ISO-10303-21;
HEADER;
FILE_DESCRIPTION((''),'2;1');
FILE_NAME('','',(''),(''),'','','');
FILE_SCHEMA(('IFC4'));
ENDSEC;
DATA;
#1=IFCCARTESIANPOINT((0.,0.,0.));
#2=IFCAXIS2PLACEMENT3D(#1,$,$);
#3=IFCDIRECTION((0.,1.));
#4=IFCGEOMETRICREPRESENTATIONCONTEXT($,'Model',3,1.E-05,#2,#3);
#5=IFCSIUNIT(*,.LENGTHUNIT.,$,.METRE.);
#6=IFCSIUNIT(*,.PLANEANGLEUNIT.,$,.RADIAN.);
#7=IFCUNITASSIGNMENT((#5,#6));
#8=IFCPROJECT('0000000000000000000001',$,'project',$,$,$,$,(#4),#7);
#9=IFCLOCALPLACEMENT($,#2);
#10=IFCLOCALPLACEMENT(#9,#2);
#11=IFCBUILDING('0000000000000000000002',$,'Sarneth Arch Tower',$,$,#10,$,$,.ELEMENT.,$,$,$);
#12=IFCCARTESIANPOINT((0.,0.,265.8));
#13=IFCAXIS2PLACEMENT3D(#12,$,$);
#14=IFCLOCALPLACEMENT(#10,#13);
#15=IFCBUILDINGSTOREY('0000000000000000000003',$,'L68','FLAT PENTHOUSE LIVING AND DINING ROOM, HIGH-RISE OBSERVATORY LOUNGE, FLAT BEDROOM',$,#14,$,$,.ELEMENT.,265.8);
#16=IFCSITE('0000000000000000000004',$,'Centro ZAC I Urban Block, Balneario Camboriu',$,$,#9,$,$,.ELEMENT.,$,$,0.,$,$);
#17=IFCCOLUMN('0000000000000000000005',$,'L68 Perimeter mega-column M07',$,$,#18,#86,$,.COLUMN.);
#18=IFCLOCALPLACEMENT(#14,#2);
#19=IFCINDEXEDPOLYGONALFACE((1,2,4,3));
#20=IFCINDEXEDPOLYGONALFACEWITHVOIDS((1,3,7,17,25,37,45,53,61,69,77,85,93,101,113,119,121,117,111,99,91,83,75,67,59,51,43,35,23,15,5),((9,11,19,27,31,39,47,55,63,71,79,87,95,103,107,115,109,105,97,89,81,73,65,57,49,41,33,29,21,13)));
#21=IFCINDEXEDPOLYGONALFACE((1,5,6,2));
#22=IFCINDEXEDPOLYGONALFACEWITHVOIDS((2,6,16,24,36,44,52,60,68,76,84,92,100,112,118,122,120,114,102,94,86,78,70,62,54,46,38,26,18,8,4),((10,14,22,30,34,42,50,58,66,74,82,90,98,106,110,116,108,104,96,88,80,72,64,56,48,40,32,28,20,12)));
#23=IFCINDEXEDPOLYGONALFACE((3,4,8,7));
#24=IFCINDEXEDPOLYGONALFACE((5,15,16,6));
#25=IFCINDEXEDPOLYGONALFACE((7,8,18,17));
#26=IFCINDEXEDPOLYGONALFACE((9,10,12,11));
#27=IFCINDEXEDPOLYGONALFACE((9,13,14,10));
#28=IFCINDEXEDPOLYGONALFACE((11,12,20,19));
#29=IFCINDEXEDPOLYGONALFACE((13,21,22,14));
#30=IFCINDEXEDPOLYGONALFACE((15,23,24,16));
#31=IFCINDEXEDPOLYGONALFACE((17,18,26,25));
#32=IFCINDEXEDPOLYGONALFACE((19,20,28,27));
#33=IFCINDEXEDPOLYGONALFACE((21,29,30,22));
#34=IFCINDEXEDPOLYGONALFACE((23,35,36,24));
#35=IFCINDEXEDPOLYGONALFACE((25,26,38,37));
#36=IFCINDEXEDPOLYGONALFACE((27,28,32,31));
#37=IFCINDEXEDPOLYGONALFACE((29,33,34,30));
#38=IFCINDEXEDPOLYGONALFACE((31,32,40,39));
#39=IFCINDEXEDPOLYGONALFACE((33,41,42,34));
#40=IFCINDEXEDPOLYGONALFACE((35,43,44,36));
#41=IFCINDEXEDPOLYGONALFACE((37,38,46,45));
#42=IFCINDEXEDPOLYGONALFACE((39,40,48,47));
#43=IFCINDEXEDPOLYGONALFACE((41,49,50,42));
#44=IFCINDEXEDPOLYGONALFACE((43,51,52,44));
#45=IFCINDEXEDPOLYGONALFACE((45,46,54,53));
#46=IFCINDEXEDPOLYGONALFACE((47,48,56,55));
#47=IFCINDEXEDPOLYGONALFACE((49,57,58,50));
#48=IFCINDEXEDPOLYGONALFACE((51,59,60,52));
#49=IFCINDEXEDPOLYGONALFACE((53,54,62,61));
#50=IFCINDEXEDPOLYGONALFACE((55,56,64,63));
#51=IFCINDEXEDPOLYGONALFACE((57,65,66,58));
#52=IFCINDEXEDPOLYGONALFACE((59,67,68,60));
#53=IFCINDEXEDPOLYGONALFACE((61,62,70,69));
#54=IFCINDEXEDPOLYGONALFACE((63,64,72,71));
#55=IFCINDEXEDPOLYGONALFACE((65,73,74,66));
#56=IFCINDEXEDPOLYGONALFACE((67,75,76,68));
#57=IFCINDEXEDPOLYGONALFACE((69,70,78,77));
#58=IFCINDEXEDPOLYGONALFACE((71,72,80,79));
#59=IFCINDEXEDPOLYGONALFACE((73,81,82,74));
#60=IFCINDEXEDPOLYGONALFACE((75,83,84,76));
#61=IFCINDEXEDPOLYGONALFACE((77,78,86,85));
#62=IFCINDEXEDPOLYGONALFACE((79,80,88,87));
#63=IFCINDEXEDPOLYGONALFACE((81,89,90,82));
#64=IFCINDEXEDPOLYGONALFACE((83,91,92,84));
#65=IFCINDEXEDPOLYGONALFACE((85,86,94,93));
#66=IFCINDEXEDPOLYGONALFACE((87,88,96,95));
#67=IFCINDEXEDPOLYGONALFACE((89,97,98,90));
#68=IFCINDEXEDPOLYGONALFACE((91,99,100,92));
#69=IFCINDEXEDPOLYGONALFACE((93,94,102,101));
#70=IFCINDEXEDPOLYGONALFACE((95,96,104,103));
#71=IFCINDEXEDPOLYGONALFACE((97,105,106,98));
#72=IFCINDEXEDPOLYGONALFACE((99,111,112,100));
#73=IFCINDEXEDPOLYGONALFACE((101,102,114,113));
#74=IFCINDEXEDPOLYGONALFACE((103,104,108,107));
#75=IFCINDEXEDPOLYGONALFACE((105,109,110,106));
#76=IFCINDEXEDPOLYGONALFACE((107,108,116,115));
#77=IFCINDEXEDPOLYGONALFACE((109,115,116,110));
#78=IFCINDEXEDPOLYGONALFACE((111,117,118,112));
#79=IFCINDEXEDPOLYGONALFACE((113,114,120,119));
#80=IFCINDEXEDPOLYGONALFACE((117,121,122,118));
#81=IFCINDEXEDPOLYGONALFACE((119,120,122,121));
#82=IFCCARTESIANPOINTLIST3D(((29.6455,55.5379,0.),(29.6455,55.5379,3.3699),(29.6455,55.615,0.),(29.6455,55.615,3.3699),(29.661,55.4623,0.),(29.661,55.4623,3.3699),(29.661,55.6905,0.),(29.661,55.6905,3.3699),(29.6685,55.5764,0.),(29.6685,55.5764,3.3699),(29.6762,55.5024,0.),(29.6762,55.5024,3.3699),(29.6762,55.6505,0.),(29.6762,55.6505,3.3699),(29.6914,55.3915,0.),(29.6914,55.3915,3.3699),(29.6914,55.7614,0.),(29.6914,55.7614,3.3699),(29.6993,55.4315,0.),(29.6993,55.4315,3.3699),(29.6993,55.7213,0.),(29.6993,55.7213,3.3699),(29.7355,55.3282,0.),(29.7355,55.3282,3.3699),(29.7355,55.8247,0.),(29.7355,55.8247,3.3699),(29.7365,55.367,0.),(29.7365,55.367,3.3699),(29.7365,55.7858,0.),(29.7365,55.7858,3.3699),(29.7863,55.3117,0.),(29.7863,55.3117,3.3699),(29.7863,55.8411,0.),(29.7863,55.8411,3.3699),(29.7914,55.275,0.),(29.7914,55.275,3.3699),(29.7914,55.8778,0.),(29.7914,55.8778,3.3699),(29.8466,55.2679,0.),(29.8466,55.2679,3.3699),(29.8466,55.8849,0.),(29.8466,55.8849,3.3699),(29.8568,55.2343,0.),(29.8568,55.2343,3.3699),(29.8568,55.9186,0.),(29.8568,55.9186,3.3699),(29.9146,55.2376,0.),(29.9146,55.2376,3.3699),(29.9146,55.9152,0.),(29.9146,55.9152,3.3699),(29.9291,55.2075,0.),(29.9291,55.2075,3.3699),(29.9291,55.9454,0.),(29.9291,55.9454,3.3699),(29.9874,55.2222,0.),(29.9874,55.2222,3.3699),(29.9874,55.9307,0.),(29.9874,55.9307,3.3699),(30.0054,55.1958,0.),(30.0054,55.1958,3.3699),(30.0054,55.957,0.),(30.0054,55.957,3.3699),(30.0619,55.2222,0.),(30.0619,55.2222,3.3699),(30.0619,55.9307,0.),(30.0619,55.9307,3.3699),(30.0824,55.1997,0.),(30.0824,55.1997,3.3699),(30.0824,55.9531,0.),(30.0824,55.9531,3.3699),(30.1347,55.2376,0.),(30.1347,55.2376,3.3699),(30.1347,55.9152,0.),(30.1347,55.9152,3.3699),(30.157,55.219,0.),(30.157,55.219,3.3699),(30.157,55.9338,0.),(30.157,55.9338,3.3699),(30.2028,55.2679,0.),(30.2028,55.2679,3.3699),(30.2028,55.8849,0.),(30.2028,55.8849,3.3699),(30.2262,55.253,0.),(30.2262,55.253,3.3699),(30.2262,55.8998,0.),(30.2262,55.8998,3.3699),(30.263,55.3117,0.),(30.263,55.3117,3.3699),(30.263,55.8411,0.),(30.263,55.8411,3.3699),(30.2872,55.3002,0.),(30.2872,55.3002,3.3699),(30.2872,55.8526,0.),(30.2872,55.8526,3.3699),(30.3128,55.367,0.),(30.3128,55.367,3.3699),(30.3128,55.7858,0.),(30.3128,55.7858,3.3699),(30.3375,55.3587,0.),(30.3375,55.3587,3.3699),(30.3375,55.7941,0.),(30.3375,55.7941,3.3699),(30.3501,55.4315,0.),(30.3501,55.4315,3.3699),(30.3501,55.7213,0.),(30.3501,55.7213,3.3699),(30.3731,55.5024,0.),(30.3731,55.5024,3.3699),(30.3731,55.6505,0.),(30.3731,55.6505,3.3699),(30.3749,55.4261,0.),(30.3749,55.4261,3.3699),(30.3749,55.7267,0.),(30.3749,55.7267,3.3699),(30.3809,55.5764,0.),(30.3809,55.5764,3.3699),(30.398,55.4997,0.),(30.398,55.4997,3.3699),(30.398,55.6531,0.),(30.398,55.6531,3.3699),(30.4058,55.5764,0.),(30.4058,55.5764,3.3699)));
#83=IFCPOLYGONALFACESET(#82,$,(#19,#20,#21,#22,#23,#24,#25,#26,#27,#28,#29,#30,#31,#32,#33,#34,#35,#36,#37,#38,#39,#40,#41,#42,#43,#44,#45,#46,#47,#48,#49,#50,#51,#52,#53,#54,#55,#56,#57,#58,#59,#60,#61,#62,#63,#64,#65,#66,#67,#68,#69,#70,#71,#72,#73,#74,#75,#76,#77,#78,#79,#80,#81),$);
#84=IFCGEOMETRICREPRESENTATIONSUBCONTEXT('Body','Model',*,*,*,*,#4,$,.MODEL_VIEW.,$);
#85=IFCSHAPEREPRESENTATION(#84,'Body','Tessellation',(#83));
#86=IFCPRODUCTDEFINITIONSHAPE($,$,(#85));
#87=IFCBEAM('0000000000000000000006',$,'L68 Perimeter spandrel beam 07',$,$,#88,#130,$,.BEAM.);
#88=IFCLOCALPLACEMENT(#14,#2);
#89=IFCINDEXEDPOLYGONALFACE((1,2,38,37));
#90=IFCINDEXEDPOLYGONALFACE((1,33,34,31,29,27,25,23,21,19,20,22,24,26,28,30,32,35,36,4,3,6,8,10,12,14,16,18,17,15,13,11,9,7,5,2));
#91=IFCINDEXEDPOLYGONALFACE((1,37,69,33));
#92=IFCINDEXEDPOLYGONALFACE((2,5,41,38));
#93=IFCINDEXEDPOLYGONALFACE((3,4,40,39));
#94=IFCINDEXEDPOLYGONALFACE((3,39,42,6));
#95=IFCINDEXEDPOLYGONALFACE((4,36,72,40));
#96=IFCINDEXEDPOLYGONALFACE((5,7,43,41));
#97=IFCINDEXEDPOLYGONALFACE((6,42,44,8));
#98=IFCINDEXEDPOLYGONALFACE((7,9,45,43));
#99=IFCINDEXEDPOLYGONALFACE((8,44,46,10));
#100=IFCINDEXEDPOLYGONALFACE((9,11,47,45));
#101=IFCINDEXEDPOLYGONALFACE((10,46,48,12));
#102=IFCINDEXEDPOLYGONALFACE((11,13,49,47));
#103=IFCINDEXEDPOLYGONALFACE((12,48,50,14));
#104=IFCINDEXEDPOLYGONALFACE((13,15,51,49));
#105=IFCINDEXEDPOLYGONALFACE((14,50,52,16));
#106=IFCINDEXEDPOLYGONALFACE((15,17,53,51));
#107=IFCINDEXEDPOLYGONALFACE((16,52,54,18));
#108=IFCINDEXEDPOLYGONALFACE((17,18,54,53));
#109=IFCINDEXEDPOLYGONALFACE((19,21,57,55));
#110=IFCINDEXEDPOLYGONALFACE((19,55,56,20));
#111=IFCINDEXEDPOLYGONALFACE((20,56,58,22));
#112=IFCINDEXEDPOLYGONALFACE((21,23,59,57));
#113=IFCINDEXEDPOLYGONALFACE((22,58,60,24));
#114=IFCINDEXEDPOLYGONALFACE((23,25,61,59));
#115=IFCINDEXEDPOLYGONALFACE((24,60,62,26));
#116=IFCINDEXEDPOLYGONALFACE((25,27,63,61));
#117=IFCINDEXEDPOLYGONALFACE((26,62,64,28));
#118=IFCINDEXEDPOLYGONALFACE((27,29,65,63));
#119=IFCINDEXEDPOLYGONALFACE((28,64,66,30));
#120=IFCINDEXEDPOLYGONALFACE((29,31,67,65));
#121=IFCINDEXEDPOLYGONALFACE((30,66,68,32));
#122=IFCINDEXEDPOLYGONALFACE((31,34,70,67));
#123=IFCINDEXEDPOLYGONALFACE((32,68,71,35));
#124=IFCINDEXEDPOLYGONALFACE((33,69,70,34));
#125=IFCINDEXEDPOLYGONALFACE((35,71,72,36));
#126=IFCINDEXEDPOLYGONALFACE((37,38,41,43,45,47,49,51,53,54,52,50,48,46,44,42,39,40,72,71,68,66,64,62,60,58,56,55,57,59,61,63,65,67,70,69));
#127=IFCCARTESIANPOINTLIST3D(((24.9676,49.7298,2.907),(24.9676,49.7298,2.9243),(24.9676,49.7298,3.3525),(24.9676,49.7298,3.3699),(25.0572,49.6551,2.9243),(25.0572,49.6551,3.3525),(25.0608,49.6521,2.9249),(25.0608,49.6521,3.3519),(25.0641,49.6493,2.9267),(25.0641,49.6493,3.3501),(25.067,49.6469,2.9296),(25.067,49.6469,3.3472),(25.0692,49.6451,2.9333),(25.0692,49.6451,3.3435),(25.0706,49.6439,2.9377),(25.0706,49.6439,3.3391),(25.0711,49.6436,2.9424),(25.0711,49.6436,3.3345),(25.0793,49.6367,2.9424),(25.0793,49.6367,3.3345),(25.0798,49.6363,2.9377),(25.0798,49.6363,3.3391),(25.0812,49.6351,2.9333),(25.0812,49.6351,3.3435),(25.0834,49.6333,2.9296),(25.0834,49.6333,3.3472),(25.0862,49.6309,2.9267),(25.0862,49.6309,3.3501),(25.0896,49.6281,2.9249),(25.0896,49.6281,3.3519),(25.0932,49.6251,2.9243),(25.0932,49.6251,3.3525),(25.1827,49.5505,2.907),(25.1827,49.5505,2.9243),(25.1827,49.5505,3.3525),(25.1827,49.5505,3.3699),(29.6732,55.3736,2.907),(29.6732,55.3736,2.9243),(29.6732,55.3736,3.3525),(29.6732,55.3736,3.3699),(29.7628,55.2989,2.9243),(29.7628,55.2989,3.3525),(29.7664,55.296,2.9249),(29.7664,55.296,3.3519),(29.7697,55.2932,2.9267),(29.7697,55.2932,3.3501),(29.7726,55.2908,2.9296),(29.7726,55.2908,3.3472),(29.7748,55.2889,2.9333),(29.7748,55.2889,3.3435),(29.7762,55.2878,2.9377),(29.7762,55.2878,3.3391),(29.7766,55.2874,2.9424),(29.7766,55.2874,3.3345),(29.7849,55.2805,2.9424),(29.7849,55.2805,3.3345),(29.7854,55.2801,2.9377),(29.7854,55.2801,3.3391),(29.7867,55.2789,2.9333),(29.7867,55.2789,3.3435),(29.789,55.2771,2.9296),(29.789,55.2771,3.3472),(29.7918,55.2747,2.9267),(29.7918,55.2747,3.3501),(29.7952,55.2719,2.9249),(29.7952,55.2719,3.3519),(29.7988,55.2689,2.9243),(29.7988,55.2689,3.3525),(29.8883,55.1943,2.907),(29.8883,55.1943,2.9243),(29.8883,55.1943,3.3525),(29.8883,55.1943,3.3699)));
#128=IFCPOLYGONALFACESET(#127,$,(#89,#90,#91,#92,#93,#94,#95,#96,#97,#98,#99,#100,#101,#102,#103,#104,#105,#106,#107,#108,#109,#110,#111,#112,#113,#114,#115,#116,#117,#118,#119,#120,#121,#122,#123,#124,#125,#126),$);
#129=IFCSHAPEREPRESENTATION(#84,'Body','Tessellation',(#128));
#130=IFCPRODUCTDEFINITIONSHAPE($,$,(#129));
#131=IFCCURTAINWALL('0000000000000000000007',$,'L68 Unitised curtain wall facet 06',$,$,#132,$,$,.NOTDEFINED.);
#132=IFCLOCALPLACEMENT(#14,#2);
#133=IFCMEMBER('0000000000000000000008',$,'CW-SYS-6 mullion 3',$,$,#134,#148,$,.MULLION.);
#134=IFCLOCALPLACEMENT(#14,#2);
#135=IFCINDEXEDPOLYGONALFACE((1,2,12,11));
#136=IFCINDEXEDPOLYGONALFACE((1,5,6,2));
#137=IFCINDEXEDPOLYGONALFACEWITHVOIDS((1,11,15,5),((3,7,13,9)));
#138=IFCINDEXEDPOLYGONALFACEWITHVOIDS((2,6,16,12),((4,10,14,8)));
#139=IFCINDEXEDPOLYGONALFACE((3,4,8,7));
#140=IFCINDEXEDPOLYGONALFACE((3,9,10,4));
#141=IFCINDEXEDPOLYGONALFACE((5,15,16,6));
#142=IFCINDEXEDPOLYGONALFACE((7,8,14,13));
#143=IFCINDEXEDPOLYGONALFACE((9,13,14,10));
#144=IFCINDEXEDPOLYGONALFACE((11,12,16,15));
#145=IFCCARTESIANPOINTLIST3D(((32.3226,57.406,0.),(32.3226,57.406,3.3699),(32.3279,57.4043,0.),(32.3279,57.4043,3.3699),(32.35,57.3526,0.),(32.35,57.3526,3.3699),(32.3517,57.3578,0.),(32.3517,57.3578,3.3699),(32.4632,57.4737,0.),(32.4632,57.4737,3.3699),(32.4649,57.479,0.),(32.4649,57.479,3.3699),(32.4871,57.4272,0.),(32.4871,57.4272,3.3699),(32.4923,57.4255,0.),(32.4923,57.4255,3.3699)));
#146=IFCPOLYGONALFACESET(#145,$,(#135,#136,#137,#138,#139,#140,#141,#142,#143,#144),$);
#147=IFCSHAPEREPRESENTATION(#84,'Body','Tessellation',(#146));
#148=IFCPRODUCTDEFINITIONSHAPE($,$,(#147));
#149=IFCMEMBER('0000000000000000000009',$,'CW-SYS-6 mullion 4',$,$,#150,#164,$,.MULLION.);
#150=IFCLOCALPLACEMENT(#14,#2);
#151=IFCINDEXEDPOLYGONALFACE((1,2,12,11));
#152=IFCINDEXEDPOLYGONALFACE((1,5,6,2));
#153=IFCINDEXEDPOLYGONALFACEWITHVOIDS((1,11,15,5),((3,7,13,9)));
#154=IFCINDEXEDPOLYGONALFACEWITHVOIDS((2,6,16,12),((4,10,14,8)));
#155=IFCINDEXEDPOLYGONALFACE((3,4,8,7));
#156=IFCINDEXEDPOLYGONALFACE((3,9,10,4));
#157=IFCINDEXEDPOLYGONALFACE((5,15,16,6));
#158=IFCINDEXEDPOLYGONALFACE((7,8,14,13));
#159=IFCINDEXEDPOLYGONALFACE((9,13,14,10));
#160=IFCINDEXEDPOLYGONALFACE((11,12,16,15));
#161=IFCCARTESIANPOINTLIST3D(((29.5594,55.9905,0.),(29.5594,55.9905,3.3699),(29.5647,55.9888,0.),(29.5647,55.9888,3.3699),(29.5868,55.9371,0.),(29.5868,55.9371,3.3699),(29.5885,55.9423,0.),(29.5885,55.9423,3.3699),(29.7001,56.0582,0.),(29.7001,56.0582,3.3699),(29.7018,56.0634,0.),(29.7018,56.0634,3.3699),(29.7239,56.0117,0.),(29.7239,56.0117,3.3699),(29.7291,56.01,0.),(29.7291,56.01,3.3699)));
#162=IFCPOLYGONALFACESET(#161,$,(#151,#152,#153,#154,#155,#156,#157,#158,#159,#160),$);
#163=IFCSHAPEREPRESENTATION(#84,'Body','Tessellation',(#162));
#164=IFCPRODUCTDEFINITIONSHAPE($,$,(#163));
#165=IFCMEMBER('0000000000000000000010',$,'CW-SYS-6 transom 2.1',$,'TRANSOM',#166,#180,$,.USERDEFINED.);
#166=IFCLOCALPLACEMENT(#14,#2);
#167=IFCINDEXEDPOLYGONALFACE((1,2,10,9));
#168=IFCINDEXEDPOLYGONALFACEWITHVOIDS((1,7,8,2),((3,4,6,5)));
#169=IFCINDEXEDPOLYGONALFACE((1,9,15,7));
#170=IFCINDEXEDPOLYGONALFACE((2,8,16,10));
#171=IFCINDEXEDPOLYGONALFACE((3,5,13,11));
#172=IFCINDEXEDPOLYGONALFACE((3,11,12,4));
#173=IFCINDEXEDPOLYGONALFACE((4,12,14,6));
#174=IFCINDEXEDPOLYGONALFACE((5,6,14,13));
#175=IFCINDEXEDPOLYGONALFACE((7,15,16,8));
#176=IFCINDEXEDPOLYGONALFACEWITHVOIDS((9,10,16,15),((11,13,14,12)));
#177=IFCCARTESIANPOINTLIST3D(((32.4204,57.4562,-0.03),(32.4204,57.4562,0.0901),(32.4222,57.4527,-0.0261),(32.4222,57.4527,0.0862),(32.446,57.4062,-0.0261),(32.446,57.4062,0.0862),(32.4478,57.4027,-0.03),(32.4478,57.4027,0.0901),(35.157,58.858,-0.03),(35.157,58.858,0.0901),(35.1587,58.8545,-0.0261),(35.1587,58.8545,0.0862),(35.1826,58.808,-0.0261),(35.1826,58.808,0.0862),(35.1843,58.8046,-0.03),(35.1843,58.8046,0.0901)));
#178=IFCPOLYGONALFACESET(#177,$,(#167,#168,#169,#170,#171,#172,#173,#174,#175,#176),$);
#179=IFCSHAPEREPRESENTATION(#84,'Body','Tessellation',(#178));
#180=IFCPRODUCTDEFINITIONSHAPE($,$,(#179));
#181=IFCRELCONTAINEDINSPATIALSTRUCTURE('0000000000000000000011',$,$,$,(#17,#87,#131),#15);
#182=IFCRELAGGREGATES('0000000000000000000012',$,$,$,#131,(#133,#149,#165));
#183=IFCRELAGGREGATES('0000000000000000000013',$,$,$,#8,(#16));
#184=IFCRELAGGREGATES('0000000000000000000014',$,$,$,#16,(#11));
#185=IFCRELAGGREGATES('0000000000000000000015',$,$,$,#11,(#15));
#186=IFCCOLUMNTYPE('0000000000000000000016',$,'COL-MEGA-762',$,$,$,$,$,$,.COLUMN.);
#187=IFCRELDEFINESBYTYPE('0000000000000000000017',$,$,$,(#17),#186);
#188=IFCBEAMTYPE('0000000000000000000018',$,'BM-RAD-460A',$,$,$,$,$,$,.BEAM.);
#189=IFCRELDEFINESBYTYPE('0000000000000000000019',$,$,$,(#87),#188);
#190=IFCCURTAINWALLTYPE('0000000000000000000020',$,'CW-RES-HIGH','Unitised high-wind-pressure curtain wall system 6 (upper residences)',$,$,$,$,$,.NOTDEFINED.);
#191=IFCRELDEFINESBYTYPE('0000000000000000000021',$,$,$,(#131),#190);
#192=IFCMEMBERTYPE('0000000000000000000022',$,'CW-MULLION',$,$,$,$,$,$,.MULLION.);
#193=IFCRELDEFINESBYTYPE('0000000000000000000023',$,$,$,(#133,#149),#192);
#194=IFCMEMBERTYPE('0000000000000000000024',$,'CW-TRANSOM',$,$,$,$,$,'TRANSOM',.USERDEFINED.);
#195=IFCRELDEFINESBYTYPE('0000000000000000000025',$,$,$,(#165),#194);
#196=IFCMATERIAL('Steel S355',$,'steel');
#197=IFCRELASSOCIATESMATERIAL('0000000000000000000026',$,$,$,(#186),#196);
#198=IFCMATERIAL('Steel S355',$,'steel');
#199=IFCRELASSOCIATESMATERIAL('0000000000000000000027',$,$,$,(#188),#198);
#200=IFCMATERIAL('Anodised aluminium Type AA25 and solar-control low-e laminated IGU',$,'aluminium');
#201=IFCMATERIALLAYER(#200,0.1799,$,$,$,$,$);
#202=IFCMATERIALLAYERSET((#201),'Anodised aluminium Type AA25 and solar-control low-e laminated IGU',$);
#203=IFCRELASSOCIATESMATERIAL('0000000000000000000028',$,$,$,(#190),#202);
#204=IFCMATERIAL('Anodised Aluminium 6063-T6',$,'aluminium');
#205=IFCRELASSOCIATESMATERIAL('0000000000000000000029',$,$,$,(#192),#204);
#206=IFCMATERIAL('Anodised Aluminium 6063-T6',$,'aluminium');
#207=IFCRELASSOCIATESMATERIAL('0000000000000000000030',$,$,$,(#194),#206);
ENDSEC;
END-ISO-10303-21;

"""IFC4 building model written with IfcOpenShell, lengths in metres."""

from ifc_helpers import new_model, si_unit, direction, frame, origin, origin_2d, place, context, subcontext, project, spatial, hollow_rectangle, hollow_circle, i_section, extrude, material, layer, layer_set, material_profile, profile_set, type_object, element, aggregate, save


model = new_model("IFC4")

# Units and contexts
model_context = context("Model", 3, precision=1e-05, world=origin(), true_north=direction((0.0, 1.0)))
body_context = subcontext(model_context, "Body", "Model", "MODEL_VIEW")
ifc_project = project(units=[si_unit("LENGTHUNIT", "METRE"), si_unit("PLANEANGLEUNIT", "RADIAN")], contexts=[model_context])

# Site, building, storey
site_placement = place(None, origin())
site = spatial("IfcSite", under=ifc_project, at=site_placement, Name="Centro ZAC I Urban Block, Balneario Camboriu", CompositionType="ELEMENT", RefElevation=0.0)
building_placement = place(site_placement, origin())
building = spatial("IfcBuilding", under=site, at=building_placement, Name="Sarneth Arch Tower", CompositionType="ELEMENT")
storey_placement = place(building_placement, frame((0.0, 0.0, 265.8)))
storey = spatial("IfcBuildingStorey", under=building, at=storey_placement, Name="L68", Description="FLAT PENTHOUSE LIVING AND DINING ROOM, HIGH-RISE OBSERVATORY LOUNGE, FLAT BEDROOM", CompositionType="ELEMENT", Elevation=265.8)

# Column
ifc_material_1 = material(Name="Steel S355", Category="steel")
ifc_material_profile_1 = material_profile(ifc_material_1, hollow_circle(Radius=0.3811, WallThickness=0.0249, at=origin_2d()), Name="CHS762x25")
ifc_profile_set_1 = profile_set([ifc_material_profile_1], Name="Steel S355")
column_type = type_object("IfcColumnType", Name="COL-MEGA-762", PredefinedType="COLUMN", material=ifc_profile_set_1)
column_placement = place(storey_placement, frame((30.0247, 55.5764, 0.0), z_axis=(0.0, 0.0, 1.0), x_axis=(1.0, 0.0, 0.0)))
element("IfcColumn", 1, at=column_placement, inside=storey, type_object=column_type, Name="L68 Perimeter mega-column M07", PredefinedType="COLUMN", context=body_context, shape_type="SweptSolid", body=[
    extrude(hollow_circle(Radius=0.3811, WallThickness=0.0249, at=origin_2d()), origin(), (0.0, 0.0, 1.0), 3.3699),
])

# Beam
ifc_material_2 = material(Name="Steel S355", Category="steel")
ifc_material_profile_2 = material_profile(ifc_material_2, i_section(OverallWidth=0.28, OverallDepth=0.4629, WebThickness=0.0107, FlangeThickness=0.0173, FilletRadius=0.0181, at=origin_2d()), Name="W460x113")
ifc_profile_set_2 = profile_set([ifc_material_profile_2], Name="Steel S355")
beam_type = type_object("IfcBeamType", Name="BM-RAD-460A", PredefinedType="BEAM", material=ifc_profile_set_2)
beam_placement = place(storey_placement, frame((29.7808, 55.2839, 3.1384), z_axis=(-0.640377, -0.768061, 0.0), x_axis=(0.768061, -0.640377, 0.0)))
element("IfcBeam", 2, at=beam_placement, inside=storey, type_object=beam_type, Name="L68 Perimeter spandrel beam 07", PredefinedType="BEAM", context=body_context, shape_type="SweptSolid", body=[
    extrude(i_section(OverallWidth=0.28, OverallDepth=0.4629, WebThickness=0.0107, FlangeThickness=0.0173, FilletRadius=0.0181, at=origin_2d()), origin(), (0.0, 0.0, 1.0), 7.3481),
])

# Curtain wall, members
ifc_material_3 = material(Name="Anodised aluminium Type AA25 and solar-control low-e laminated IGU", Category="aluminium")
ifc_layer_1 = layer(ifc_material_3, 0.1799)
ifc_layer_set_1 = layer_set([ifc_layer_1], Name="Anodised aluminium Type AA25 and solar-control low-e laminated IGU")
curtain_wall_type = type_object("IfcCurtainWallType", Name="CW-RES-HIGH", Description="Unitised high-wind-pressure curtain wall system 6 (upper residences)", PredefinedType="NOTDEFINED", material=ifc_layer_set_1)
curtain_wall_placement = place(storey_placement, origin())
curtain_wall = element("IfcCurtainWall", 3, at=curtain_wall_placement, inside=storey, type_object=curtain_wall_type, Name="L68 Unitised curtain wall facet 06", PredefinedType="NOTDEFINED")
ifc_material_4 = material(Name="Anodised Aluminium 6063-T6", Category="aluminium")
ifc_material_profile_3 = material_profile(ifc_material_4, hollow_rectangle(XDim=0.0601, YDim=0.1599, WallThickness=0.0039, at=origin_2d()), Name="AL-MULL-160x60x4")
ifc_profile_set_3 = profile_set([ifc_material_profile_3], Name="Anodised Aluminium 6063-T6")
member_type_1 = type_object("IfcMemberType", Name="CW-MULLION", PredefinedType="MULLION", material=ifc_profile_set_3)
member_1_placement = place(storey_placement, frame((32.4075, 57.4158, 0.0), z_axis=(0.0, 0.0, 1.0), x_axis=(0.455942, -0.89001, 0.0)))
member_1 = element("IfcMember", 4, at=member_1_placement, type_object=member_type_1, Name="CW-SYS-6 mullion 3", PredefinedType="MULLION", context=body_context, shape_type="SweptSolid", body=[
    extrude(hollow_rectangle(XDim=0.0601, YDim=0.1599, WallThickness=0.0039, at=origin_2d()), origin(), (0.0, 0.0, 1.0), 3.3699),
])
member_2_placement = place(storey_placement, frame((29.6443, 56.0002, 0.0), z_axis=(0.0, 0.0, 1.0), x_axis=(0.455942, -0.89001, 0.0)))
member_2 = element("IfcMember", 5, at=member_2_placement, type_object=member_type_1, Name="CW-SYS-6 mullion 4", PredefinedType="MULLION", context=body_context, shape_type="SweptSolid", body=[
    extrude(hollow_rectangle(XDim=0.0601, YDim=0.1599, WallThickness=0.0039, at=origin_2d()), origin(), (0.0, 0.0, 1.0), 3.3699),
])
ifc_material_5 = material(Name="Anodised Aluminium 6063-T6", Category="aluminium")
ifc_material_profile_4 = material_profile(ifc_material_5, hollow_rectangle(XDim=0.0601, YDim=0.1201, WallThickness=0.0039, at=origin_2d()), Name="AL-TRAN-120x60x4")
ifc_profile_set_4 = profile_set([ifc_material_profile_4], Name="Anodised Aluminium 6063-T6")
member_type_2 = type_object("IfcMemberType", Name="CW-TRANSOM", ElementType="TRANSOM", PredefinedType="USERDEFINED", material=ifc_profile_set_4)
member_3_placement = place(storey_placement, frame((35.1707, 58.8313, 0.03), z_axis=(-0.890017, -0.455926, 0.0), x_axis=(0.455926, -0.890017, 0.0)))
member_3 = element("IfcMember", 6, at=member_3_placement, type_object=member_type_2, Name="CW-SYS-6 transom 2.1", ObjectType="TRANSOM", PredefinedType="USERDEFINED", context=body_context, shape_type="SweptSolid", body=[
    extrude(hollow_rectangle(XDim=0.0601, YDim=0.1201, WallThickness=0.0039, at=origin_2d()), origin(), (0.0, 0.0, 1.0), 3.0747),
])

aggregate(curtain_wall, [member_1, member_2, member_3])

save(model, "model.ifc")
